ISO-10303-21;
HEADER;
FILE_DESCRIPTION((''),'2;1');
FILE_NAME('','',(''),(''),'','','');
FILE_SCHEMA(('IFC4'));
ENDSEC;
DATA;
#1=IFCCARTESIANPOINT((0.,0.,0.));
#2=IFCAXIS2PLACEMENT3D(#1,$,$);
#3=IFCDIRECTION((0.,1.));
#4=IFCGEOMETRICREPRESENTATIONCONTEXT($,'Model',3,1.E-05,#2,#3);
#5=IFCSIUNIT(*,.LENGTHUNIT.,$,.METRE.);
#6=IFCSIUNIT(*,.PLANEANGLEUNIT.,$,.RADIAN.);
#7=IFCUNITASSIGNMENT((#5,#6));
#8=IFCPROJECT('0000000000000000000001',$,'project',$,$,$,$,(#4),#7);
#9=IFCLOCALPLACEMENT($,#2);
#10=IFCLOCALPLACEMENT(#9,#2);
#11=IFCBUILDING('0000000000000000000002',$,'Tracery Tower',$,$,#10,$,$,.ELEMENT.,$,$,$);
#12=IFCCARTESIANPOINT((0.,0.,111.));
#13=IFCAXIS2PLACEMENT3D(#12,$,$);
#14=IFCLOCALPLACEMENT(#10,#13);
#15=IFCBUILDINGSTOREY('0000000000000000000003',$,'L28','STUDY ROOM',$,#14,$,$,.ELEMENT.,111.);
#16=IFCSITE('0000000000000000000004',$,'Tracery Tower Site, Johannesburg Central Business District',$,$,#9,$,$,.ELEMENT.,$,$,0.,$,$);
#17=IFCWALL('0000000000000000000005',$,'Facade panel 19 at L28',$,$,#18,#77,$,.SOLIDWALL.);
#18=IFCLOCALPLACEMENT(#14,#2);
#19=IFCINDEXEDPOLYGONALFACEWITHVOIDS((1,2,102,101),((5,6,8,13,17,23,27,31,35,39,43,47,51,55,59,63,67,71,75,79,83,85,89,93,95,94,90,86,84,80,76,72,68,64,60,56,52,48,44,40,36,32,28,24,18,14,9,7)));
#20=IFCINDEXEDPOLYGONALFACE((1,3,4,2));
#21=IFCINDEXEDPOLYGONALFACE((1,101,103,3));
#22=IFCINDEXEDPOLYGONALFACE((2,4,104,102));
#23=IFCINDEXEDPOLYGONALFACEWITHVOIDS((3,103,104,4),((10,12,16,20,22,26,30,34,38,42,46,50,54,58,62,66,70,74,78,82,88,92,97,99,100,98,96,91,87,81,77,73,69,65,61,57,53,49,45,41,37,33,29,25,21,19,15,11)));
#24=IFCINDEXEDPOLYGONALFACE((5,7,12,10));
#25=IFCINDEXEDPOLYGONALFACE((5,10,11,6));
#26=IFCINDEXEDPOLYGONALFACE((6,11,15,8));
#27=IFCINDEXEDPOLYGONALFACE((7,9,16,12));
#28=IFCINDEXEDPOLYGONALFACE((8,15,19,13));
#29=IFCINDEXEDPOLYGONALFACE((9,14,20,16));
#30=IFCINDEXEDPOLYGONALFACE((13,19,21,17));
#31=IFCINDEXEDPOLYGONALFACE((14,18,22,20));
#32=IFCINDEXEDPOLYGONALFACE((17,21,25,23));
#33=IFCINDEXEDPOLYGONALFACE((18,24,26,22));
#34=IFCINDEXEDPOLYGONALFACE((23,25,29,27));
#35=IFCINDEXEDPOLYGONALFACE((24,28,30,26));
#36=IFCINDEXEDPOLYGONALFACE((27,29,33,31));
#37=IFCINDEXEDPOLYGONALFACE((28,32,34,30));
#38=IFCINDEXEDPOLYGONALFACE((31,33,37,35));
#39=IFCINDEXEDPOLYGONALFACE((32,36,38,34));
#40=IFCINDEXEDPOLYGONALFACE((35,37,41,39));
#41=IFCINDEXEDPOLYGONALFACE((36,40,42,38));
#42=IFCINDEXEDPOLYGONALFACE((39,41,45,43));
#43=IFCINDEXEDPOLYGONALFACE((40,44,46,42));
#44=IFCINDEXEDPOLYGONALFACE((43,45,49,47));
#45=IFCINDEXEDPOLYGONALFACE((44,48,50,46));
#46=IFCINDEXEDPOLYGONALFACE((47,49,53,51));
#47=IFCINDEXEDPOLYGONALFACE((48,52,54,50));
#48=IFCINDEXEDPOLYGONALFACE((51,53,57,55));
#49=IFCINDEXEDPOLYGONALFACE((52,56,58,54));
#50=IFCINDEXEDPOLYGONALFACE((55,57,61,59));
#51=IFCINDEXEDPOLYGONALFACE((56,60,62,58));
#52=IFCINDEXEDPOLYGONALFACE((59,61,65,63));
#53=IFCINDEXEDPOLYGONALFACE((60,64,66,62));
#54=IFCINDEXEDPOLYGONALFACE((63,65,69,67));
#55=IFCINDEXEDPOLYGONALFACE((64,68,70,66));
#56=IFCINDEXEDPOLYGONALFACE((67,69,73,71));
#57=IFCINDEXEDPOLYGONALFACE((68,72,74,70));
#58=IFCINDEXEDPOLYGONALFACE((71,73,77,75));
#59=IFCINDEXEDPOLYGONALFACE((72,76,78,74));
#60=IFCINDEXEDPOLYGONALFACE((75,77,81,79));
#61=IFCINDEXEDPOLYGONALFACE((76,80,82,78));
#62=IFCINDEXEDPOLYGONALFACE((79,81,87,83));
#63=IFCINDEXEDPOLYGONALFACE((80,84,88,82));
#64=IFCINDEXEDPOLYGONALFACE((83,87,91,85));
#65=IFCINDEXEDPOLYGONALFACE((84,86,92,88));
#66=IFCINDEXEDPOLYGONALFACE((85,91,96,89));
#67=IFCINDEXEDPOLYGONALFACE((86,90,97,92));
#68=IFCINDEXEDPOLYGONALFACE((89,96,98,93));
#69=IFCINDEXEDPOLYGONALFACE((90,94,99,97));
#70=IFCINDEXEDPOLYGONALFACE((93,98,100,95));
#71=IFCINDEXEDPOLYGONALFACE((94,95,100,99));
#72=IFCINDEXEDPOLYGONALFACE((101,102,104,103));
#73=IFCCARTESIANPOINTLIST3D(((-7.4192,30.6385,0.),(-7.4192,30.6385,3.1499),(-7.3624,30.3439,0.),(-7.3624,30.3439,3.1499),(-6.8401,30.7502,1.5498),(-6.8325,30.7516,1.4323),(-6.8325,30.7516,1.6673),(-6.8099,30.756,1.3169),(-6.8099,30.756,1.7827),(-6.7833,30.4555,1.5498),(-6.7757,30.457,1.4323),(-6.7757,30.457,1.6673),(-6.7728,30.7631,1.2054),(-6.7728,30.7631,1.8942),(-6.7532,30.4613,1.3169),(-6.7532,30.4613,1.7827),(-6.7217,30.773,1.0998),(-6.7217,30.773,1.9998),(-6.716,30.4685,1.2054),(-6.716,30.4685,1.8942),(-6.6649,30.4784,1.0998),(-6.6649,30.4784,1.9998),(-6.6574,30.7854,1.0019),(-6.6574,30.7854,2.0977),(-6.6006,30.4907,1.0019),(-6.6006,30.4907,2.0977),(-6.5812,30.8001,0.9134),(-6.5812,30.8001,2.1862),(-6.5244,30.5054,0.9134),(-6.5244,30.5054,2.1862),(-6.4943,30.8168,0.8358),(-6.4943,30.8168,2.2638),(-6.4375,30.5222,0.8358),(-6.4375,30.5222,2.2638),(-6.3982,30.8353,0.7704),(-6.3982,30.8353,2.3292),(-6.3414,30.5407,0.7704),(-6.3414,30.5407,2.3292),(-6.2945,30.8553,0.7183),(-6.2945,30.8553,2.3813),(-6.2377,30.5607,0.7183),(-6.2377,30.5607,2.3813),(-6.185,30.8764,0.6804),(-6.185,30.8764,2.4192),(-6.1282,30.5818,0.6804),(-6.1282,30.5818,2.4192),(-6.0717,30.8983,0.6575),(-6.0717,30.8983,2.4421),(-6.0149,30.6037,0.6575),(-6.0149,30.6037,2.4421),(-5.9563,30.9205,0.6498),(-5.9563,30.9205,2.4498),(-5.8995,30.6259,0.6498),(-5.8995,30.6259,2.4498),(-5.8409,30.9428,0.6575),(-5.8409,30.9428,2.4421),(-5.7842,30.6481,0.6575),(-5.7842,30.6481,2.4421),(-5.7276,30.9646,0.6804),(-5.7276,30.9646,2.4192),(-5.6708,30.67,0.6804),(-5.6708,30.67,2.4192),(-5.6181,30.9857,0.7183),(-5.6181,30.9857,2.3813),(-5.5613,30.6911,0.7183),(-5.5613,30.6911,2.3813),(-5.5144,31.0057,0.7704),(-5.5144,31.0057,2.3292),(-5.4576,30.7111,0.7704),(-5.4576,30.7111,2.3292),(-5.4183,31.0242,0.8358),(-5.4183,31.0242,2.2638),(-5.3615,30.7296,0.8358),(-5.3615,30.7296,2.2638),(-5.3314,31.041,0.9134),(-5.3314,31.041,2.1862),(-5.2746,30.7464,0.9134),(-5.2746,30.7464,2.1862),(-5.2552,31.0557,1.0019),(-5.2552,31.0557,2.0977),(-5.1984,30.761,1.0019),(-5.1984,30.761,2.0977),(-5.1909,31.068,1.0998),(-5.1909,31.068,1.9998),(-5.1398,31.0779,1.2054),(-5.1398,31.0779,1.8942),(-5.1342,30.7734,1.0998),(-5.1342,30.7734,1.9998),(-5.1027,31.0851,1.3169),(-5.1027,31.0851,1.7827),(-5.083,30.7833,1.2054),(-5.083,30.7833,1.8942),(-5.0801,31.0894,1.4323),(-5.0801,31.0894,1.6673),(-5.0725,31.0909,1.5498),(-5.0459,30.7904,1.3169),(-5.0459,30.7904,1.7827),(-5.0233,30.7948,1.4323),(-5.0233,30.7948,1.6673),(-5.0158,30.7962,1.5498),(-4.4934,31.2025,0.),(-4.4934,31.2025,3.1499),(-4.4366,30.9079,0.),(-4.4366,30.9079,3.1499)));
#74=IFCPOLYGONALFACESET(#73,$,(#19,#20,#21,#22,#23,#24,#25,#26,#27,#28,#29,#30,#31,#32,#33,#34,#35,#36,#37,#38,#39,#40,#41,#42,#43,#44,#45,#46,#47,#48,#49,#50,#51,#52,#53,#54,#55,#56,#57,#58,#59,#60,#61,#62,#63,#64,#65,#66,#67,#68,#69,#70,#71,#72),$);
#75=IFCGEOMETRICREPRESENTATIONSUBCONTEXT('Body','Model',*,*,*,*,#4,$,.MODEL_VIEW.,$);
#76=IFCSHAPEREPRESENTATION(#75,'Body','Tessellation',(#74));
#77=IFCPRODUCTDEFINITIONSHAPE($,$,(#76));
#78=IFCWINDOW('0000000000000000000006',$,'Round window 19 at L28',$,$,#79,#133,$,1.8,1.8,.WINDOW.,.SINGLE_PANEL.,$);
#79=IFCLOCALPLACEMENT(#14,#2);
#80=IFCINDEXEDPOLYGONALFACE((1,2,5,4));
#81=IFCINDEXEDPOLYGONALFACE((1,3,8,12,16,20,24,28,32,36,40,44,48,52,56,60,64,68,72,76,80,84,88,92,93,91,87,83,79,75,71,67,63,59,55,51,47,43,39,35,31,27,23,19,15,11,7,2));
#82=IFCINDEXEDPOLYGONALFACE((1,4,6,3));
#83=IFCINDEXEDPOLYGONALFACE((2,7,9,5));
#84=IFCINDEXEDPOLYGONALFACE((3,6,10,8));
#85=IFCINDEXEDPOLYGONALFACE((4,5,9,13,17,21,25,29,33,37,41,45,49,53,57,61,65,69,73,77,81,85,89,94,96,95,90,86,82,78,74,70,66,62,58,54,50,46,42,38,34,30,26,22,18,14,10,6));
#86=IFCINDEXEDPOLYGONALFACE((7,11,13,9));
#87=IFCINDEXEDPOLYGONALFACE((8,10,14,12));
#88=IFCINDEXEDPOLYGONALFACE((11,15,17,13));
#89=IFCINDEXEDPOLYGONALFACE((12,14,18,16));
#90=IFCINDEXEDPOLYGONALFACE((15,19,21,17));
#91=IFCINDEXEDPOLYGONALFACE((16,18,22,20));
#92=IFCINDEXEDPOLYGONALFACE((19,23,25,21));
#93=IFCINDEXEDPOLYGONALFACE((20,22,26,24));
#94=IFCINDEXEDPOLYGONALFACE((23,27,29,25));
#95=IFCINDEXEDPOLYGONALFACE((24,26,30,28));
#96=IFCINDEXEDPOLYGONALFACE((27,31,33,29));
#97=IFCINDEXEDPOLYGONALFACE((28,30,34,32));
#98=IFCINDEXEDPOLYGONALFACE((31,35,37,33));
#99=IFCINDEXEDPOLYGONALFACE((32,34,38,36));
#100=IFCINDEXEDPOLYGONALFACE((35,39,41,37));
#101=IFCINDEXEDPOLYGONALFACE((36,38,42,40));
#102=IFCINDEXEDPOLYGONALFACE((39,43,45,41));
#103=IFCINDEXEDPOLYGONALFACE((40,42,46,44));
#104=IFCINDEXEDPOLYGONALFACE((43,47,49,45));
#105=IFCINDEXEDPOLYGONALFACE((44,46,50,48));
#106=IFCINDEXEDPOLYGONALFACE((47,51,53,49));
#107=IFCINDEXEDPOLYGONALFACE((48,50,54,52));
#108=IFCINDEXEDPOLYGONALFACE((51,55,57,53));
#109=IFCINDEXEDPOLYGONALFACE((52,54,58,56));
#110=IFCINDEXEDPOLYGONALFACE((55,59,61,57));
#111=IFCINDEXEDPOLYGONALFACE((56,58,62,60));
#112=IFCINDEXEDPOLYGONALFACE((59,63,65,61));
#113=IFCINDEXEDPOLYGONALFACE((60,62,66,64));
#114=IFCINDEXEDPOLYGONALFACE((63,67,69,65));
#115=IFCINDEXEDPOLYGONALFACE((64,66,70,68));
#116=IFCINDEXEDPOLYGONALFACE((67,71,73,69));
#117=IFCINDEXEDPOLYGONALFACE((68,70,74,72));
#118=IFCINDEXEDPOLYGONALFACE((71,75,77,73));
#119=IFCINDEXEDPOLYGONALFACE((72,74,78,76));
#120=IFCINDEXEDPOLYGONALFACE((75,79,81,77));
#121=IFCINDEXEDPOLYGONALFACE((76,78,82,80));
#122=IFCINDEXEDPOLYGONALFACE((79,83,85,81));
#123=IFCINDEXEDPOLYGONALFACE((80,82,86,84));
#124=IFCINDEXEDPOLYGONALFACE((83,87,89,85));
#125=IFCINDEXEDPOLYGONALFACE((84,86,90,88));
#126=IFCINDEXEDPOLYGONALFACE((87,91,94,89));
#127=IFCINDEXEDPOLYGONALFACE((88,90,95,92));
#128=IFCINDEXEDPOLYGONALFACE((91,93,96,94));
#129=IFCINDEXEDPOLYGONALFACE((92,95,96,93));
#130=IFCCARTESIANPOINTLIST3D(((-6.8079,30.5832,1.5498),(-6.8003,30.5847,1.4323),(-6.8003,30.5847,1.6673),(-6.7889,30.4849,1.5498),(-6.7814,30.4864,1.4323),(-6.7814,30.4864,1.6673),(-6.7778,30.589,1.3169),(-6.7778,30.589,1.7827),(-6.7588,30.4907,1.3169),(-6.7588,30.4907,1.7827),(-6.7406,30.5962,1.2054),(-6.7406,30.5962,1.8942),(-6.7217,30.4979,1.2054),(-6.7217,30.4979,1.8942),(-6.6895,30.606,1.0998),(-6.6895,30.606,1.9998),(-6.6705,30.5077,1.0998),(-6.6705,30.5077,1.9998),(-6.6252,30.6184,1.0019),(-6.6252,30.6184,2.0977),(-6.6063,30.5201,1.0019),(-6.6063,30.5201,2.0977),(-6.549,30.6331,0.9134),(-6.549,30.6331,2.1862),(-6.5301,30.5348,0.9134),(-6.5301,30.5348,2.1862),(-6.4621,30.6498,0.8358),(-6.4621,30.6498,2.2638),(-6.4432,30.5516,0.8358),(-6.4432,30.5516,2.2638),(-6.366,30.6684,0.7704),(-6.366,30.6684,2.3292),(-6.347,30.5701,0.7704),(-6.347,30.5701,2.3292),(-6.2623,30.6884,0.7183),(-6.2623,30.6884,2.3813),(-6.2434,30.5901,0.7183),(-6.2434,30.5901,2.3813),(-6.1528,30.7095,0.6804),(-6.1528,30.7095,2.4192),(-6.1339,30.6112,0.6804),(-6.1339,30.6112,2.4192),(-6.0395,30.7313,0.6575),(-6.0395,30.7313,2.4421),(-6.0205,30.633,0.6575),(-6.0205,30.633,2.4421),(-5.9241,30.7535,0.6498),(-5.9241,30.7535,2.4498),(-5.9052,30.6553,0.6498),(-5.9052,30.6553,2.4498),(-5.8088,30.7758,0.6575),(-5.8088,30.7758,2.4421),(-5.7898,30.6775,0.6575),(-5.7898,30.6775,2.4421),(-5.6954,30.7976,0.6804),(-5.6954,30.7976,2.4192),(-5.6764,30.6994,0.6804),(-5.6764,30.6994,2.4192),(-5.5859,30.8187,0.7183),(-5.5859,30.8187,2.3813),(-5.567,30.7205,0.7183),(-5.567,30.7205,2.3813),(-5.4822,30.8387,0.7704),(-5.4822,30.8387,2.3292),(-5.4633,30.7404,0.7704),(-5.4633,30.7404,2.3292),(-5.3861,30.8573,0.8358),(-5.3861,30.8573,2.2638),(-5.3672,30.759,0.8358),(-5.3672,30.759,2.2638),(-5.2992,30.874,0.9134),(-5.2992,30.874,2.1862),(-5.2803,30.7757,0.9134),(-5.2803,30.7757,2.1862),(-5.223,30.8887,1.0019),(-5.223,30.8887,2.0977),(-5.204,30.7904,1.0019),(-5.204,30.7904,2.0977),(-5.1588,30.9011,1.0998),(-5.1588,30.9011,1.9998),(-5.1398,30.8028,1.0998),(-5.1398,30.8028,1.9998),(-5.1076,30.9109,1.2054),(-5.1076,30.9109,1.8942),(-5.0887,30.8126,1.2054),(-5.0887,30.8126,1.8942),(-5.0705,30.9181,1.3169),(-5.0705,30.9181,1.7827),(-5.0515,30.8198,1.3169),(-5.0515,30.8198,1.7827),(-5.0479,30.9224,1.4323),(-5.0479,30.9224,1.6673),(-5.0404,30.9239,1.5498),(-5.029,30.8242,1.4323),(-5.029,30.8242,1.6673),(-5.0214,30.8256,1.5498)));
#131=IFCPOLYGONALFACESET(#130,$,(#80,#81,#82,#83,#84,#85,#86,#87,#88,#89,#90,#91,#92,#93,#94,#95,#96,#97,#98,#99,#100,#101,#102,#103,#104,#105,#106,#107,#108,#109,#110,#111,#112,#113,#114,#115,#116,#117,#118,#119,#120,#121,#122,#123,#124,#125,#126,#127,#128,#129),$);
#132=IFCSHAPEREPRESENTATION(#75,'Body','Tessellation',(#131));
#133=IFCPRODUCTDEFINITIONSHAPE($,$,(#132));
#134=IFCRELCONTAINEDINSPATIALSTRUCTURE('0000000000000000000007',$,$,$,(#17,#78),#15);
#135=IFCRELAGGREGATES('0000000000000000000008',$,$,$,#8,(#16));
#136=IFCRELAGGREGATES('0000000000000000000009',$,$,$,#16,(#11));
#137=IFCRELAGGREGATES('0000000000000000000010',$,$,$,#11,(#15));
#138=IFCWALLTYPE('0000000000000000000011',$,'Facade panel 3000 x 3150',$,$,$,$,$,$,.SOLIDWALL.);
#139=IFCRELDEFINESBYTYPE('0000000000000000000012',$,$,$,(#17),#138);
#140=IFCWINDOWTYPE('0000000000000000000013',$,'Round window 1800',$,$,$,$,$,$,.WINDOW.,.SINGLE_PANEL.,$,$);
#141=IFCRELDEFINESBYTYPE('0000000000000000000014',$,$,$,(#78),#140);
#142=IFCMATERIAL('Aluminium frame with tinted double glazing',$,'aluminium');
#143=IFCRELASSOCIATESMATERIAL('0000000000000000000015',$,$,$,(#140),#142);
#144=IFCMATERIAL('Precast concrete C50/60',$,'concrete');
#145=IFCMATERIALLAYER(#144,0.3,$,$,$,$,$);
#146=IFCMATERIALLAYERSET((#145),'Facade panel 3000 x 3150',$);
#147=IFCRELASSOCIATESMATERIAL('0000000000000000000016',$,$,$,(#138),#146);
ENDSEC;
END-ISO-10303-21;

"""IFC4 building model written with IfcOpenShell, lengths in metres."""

from ifc_helpers import new_model, si_unit, direction, frame, frame_2d, origin, origin_2d, place, context, subcontext, project, spatial, rectangle, circle, extrude, material, layer, layer_set, type_object, element, fill, save


model = new_model("IFC4")

# Units and contexts
model_context = context("Model", 3, precision=1e-05, world=origin(), true_north=direction((0.0, 1.0)))
body_context = subcontext(model_context, "Body", "Model", "MODEL_VIEW")
ifc_project = project(units=[si_unit("LENGTHUNIT", "METRE"), si_unit("PLANEANGLEUNIT", "RADIAN")], contexts=[model_context])

# Site, building, storey
site_placement = place(None, origin())
site = spatial("IfcSite", under=ifc_project, at=site_placement, Name="Tracery Tower Site, Johannesburg Central Business District", CompositionType="ELEMENT", RefElevation=0.0)
building_placement = place(site_placement, origin())
building = spatial("IfcBuilding", under=site, at=building_placement, Name="Tracery Tower", CompositionType="ELEMENT")
storey_placement = place(building_placement, frame((0.0, 0.0, 111.0)))
storey = spatial("IfcBuildingStorey", under=building, at=storey_placement, Name="L28", Description="STUDY ROOM", CompositionType="ELEMENT", Elevation=111.0)

# Wall, opening, window
ifc_material_1 = material(Name="Aluminium frame with tinted double glazing", Category="aluminium")
window_type = type_object("IfcWindowType", Name="Round window 1800", PartitioningType="SINGLE_PANEL", PredefinedType="WINDOW", material=ifc_material_1)
ifc_material_2 = material(Name="Precast concrete C50/60", Category="concrete")
ifc_layer_1 = layer(ifc_material_2, 0.3)
ifc_layer_set_1 = layer_set([ifc_layer_1], Name="Facade panel 3000 x 3150")
wall_type_1 = type_object("IfcWallType", Name="Facade panel 3000 x 3150", PredefinedType="SOLIDWALL", material=ifc_layer_set_1)
wall_1_placement = place(storey_placement, frame((-4.4651, 31.0552, 0.0), z_axis=(0.0, 0.0, 1.0), x_axis=(-0.981925, -0.189273, 0.0)))
wall_1 = element("IfcWall", 1, at=wall_1_placement, inside=storey, type_object=wall_type_1, Name="Facade panel 19 at L28", PredefinedType="SOLIDWALL", context=body_context, shape_type="SweptSolid", body=[
    extrude(rectangle(XDim=2.9797, YDim=0.3, at=frame_2d((1.4897, 0.0))), origin(), (0.0, 0.0, 1.0), 3.1499),
])
opening_1_placement = place(wall_1_placement, frame((1.4897, 0.0, 1.5498)))
opening_1 = element("IfcOpeningElement", 2, at=opening_1_placement, cuts=wall_1, PredefinedType="OPENING", context=body_context, shape_type="SweptSolid", body=[
    extrude(circle(Radius=0.9, at=origin_2d()), frame((0.0, 0.1599, 0.0), z_axis=(0.0, -1.0, 0.0), x_axis=(1.0, 0.0, 0.0)), (0.0, 0.0, 1.0), 0.3201),
])
window_1_placement = place(opening_1_placement, origin())
window_1 = element("IfcWindow", 3, at=window_1_placement, inside=storey, type_object=window_type, Name="Round window 19 at L28", OverallHeight=1.8, OverallWidth=1.8, PartitioningType="SINGLE_PANEL", PredefinedType="WINDOW", context=body_context, shape_type="SweptSolid", body=[
    extrude(circle(Radius=0.9, at=origin_2d()), frame((0.0, 0.1201, 0.0), z_axis=(0.0, -1.0, 0.0), x_axis=(1.0, 0.0, 0.0)), (0.0, 0.0, 1.0), 0.1001),
])
fill(opening_1, window_1)

save(model, "model.ifc")
